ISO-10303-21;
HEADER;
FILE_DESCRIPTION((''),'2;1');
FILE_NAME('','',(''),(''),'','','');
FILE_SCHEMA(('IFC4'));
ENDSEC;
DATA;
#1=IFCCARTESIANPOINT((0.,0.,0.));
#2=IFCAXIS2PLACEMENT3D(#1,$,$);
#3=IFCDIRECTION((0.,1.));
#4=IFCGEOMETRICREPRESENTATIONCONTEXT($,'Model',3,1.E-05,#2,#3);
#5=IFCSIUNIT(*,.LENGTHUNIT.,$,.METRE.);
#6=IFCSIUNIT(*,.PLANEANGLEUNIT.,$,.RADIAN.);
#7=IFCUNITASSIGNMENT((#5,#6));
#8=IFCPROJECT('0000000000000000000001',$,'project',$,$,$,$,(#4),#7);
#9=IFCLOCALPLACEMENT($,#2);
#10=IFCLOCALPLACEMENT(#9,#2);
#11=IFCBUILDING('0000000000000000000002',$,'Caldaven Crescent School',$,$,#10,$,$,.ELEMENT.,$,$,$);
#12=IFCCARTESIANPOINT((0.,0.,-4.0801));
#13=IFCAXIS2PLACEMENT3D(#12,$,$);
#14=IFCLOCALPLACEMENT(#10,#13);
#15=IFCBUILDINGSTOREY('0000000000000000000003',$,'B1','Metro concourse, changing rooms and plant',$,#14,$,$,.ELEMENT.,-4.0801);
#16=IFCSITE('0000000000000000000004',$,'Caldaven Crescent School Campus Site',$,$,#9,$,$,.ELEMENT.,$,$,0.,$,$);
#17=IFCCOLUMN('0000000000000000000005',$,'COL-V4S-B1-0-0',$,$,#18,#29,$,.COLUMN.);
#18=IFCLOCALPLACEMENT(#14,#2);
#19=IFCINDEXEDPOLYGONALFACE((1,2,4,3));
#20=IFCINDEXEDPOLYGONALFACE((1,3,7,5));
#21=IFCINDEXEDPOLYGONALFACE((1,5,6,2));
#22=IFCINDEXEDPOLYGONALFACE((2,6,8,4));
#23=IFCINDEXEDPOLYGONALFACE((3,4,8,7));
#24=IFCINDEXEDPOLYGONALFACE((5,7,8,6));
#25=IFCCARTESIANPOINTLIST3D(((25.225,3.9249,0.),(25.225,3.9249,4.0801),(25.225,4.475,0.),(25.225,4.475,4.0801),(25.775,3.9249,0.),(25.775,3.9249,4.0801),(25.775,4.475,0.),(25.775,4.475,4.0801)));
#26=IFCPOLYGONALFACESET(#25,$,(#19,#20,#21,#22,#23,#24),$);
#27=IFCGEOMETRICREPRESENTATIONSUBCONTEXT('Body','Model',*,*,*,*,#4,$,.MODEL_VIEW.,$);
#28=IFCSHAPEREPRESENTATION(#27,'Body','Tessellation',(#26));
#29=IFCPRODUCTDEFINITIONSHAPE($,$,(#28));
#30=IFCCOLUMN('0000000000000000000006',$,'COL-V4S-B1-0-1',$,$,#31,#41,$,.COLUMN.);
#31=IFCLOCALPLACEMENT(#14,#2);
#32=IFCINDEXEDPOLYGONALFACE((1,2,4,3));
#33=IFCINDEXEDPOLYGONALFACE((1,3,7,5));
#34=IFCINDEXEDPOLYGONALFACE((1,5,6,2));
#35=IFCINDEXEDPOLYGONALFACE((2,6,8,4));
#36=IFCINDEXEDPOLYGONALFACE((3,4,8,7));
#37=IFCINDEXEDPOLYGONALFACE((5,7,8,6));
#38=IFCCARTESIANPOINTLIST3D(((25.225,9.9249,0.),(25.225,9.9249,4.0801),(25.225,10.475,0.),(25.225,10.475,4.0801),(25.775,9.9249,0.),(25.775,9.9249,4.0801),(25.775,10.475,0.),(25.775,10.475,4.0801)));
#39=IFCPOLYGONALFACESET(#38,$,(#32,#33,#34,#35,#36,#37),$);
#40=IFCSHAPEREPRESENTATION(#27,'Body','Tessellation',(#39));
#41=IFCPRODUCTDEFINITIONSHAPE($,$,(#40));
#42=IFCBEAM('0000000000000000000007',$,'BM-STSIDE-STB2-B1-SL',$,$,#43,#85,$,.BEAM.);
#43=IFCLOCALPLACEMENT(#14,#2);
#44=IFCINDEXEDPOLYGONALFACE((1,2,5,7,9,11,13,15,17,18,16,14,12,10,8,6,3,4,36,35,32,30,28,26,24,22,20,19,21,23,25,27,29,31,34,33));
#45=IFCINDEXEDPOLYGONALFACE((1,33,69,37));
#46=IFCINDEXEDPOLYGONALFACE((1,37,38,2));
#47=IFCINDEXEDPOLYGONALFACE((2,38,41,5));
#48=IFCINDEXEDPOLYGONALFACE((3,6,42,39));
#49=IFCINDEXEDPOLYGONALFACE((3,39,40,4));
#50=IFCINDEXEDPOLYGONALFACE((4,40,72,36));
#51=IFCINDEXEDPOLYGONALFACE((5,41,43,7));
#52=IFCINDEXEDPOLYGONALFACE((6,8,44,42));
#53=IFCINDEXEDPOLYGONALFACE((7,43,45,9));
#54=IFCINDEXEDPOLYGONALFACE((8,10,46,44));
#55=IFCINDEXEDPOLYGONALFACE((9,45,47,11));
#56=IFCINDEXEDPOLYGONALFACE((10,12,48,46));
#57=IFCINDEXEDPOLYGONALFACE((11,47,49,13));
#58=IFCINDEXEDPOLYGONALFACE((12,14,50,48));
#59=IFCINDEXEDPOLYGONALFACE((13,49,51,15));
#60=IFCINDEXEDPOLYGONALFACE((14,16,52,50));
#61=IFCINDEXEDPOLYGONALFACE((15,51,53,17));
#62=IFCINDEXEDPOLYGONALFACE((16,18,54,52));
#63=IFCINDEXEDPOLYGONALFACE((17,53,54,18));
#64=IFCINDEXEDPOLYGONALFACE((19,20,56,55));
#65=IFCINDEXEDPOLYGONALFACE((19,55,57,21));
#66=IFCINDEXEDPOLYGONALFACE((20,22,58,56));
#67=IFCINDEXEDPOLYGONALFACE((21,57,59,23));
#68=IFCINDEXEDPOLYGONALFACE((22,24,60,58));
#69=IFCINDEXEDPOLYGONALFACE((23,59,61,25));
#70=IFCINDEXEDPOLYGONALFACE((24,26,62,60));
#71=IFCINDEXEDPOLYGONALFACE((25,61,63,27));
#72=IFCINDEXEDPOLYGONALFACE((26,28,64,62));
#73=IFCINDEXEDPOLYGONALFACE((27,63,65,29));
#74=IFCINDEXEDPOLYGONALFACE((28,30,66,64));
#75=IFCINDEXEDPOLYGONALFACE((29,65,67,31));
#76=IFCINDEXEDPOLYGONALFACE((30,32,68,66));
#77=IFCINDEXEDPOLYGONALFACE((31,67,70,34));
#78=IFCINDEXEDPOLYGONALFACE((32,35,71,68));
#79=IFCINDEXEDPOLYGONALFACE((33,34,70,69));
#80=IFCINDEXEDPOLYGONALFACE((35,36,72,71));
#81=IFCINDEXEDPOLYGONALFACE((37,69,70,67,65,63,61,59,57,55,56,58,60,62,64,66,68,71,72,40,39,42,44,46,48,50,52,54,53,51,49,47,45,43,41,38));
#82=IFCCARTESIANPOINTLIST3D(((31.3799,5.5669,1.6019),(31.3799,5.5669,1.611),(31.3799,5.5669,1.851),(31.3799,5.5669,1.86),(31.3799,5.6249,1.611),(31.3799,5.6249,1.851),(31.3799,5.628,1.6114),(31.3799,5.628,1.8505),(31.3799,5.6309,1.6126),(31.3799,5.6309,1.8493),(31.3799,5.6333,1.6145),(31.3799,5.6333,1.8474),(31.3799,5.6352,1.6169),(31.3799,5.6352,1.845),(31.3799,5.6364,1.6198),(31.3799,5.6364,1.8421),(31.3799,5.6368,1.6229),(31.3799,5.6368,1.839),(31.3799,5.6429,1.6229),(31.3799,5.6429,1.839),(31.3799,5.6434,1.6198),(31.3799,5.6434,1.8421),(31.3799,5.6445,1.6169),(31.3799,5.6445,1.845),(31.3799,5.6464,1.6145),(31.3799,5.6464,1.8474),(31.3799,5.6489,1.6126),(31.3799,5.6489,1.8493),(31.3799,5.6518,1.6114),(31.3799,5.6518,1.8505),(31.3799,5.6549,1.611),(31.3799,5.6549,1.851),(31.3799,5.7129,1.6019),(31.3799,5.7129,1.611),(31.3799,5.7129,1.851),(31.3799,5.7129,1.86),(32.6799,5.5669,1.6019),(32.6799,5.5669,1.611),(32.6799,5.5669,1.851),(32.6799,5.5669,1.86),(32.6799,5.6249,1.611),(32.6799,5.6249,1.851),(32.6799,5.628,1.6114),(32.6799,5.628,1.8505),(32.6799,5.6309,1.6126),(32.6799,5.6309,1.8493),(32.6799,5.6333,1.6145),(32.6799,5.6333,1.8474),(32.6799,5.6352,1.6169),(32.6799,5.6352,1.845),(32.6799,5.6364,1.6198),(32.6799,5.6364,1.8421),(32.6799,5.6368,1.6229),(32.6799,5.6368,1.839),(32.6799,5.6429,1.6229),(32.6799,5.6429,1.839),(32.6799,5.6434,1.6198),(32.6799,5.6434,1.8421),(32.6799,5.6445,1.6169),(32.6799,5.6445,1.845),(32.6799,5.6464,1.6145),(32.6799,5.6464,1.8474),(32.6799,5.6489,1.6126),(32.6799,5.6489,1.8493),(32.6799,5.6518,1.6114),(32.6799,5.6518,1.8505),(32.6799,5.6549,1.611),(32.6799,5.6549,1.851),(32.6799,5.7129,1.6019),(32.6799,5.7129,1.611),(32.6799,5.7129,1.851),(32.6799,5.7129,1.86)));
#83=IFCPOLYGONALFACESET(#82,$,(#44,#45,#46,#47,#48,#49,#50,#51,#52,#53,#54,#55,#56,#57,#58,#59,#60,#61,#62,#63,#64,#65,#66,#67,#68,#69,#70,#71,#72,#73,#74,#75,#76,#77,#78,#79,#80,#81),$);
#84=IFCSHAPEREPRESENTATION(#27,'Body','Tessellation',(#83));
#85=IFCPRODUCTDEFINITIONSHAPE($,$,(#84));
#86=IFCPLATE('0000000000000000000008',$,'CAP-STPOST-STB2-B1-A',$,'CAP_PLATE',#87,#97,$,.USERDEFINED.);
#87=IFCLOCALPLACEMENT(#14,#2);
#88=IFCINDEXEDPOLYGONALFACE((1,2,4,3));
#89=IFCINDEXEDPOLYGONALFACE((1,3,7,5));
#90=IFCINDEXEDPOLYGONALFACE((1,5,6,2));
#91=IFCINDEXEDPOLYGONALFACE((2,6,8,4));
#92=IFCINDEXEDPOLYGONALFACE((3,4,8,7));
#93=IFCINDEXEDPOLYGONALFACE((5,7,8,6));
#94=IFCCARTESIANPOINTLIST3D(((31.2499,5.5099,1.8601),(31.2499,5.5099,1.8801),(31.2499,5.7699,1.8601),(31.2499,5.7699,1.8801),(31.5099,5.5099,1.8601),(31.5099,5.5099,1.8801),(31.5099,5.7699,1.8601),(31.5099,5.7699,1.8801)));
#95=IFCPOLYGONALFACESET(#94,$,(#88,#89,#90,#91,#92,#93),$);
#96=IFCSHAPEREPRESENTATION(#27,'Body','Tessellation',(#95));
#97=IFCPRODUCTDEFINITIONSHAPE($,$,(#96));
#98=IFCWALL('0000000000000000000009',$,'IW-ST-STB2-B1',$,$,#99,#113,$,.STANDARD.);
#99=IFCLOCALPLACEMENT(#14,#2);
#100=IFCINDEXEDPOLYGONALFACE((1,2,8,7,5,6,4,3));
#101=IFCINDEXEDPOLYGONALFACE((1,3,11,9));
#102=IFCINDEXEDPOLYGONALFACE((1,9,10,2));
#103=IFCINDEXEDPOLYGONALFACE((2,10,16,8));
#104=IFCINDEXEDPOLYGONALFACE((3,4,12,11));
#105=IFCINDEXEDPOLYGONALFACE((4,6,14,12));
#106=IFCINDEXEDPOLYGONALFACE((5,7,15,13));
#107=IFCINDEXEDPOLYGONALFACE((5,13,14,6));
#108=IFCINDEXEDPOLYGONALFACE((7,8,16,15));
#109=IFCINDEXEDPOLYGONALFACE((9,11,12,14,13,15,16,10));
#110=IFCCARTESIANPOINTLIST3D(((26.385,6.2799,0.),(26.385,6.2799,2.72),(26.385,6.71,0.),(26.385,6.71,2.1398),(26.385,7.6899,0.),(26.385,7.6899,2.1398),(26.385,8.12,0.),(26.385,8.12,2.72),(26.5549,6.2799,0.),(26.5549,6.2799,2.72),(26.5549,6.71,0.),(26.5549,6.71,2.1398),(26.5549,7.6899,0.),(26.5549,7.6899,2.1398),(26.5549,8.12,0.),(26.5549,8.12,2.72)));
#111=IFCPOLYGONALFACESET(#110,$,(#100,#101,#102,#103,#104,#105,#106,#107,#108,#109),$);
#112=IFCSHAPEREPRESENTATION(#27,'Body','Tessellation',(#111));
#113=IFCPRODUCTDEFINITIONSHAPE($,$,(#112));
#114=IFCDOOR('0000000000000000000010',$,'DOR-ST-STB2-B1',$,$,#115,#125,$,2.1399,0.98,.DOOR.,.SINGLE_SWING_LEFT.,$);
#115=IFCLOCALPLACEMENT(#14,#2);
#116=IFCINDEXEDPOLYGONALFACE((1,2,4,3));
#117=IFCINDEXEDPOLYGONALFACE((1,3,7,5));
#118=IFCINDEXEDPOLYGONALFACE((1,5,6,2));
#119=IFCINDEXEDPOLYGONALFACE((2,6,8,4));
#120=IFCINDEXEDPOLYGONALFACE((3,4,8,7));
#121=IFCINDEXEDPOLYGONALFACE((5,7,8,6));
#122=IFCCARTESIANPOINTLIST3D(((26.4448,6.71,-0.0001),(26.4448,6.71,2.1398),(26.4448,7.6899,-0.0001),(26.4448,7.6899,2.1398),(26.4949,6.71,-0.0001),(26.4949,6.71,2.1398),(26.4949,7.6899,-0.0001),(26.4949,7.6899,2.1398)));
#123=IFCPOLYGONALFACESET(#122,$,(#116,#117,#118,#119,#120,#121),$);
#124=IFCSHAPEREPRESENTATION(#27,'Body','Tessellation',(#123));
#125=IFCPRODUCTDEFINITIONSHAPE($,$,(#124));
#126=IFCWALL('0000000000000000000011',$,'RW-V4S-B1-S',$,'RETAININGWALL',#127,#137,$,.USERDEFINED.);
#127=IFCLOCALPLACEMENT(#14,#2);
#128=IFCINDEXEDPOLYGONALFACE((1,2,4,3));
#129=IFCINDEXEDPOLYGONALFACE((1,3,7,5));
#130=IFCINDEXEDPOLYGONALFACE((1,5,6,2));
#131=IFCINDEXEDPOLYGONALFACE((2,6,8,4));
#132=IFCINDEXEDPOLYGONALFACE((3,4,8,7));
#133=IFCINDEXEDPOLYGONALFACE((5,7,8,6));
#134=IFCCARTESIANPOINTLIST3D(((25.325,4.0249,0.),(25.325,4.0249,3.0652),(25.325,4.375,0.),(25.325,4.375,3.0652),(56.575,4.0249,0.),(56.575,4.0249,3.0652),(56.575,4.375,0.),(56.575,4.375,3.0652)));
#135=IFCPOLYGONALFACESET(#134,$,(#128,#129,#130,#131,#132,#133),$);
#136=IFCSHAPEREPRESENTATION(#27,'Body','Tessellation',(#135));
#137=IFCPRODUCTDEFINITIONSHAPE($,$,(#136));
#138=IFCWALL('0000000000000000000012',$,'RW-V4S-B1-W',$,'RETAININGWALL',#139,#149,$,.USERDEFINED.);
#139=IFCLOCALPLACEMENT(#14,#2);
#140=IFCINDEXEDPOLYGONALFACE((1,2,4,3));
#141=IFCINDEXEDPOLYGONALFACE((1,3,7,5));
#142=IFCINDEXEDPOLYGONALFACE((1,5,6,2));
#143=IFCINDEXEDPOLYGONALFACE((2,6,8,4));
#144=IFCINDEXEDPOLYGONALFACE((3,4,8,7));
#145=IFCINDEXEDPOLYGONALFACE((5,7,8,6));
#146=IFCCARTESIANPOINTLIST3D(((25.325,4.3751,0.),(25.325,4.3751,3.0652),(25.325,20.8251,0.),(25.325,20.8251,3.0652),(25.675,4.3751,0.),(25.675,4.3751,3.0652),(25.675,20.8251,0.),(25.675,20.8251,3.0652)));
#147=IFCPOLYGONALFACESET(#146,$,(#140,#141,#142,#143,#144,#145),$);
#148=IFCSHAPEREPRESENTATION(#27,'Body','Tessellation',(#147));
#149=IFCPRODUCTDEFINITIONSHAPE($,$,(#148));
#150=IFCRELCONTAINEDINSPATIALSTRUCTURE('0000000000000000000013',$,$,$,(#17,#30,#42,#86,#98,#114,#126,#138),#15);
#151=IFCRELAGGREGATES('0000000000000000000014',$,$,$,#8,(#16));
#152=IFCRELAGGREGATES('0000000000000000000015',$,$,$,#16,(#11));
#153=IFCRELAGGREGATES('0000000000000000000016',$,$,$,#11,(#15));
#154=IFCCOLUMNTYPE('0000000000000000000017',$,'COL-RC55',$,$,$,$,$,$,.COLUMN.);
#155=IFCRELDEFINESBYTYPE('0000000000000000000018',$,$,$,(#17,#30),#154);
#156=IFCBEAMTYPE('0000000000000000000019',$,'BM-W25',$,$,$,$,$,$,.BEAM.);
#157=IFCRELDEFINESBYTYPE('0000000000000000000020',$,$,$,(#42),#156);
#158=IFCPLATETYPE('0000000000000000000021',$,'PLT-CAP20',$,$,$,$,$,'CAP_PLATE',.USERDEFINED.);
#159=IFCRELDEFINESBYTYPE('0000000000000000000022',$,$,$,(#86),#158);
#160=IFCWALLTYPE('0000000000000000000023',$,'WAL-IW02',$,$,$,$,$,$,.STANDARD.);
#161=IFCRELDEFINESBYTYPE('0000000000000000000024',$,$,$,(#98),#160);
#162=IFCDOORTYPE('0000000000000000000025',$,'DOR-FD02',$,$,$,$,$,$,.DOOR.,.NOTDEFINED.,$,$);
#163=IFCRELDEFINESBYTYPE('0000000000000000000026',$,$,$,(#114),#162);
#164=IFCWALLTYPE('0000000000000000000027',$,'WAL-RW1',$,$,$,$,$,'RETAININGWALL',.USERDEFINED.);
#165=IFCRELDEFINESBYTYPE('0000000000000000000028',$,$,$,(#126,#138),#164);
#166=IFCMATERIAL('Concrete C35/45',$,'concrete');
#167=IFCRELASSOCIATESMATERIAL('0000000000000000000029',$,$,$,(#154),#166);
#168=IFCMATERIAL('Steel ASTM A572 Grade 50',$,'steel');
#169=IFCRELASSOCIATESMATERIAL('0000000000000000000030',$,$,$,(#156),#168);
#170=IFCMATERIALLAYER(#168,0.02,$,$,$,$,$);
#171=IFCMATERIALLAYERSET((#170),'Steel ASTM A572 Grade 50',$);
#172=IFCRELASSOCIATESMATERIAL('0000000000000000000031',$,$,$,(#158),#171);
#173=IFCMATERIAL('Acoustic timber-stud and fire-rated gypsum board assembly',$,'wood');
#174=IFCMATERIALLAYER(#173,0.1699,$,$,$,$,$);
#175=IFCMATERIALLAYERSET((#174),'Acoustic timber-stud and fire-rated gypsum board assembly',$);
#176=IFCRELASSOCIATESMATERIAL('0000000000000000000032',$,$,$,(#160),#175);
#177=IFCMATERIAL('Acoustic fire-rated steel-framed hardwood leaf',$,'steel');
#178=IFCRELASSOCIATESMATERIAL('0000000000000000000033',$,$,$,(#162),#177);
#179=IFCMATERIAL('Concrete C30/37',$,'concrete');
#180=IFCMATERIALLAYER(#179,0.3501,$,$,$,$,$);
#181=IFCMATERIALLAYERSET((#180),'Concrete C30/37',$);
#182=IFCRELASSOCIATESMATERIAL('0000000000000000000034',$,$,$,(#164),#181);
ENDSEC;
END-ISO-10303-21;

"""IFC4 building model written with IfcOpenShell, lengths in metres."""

from ifc_helpers import new_model, si_unit, direction, frame, frame_2d, origin, origin_2d, place, context, subcontext, project, spatial, rectangle, i_section, extrude, material, layer, layer_set, material_profile, profile_set, type_object, element, fill, save


model = new_model("IFC4")

# Units and contexts
model_context = context("Model", 3, precision=1e-05, world=origin(), true_north=direction((0.0, 1.0)))
body_context = subcontext(model_context, "Body", "Model", "MODEL_VIEW")
ifc_project = project(units=[si_unit("LENGTHUNIT", "METRE"), si_unit("PLANEANGLEUNIT", "RADIAN")], contexts=[model_context])

# Site, building, storey
site_placement = place(None, origin())
site = spatial("IfcSite", under=ifc_project, at=site_placement, Name="Caldaven Crescent School Campus Site", CompositionType="ELEMENT", RefElevation=0.0)
building_placement = place(site_placement, origin())
building = spatial("IfcBuilding", under=site, at=building_placement, Name="Caldaven Crescent School", CompositionType="ELEMENT")
storey_placement = place(building_placement, frame((0.0, 0.0, -4.0801)))
storey = spatial("IfcBuildingStorey", under=building, at=storey_placement, Name="B1", Description="Metro concourse, changing rooms and plant", CompositionType="ELEMENT", Elevation=-4.0801)

# Shared definitions
ifc_material_1 = material(Name="Concrete C30/37", Category="concrete")
ifc_material_2 = material(Name="Concrete C35/45", Category="concrete")

# Columns
ifc_material_3 = material(Name="Steel ASTM A572 Grade 50", Category="steel")
ifc_material_profile_1 = material_profile(ifc_material_2, rectangle(XDim=0.55, YDim=0.55, at=origin_2d()), Name="RC 550x550")
ifc_profile_set_1 = profile_set([ifc_material_profile_1], Name="Concrete C35/45")
column_type_1 = type_object("IfcColumnType", Name="COL-RC55", PredefinedType="COLUMN", material=ifc_profile_set_1)
for number, where, z_axis, x_axis, name in (
    (1, (25.5, 4.2, 0.0), (0.0, 0.0, 1.0), (1.0, 0.0, 0.0), "COL-V4S-B1-0-0"),
    (2, (25.5, 10.2, 0.0), (0.0, 0.0, 1.0), (1.0, 0.0, 0.0), "COL-V4S-B1-0-1"),
):
    element("IfcColumn", number, at=place(storey_placement, frame(where, z_axis=z_axis, x_axis=x_axis)), inside=storey, type_object=column_type_1, Name=name, PredefinedType="COLUMN", context=body_context, shape_type="SweptSolid", body=[
        extrude(rectangle(XDim=0.55, YDim=0.55, at=origin_2d()), origin(), (0.0, 0.0, 1.0), 4.0801),
    ])

# Beam
ifc_material_profile_2 = material_profile(ifc_material_3, i_section(OverallWidth=0.146, OverallDepth=0.2581, WebThickness=0.0061, FlangeThickness=0.009, FilletRadius=0.012, at=origin_2d()), Name="W250x33")
ifc_profile_set_2 = profile_set([ifc_material_profile_2], Name="Steel ASTM A572 Grade 50")
beam_type = type_object("IfcBeamType", Name="BM-W25", PredefinedType="BEAM", material=ifc_profile_set_2)
beam_placement = place(storey_placement, frame((31.3799, 5.6399, 1.731), z_axis=(1.0, 0.0, 0.0), x_axis=(0.0, 1.0, 0.0)))
element("IfcBeam", 3, at=beam_placement, inside=storey, type_object=beam_type, Name="BM-STSIDE-STB2-B1-SL", PredefinedType="BEAM", context=body_context, shape_type="SweptSolid", body=[
    extrude(i_section(OverallWidth=0.146, OverallDepth=0.2581, WebThickness=0.0061, FlangeThickness=0.009, FilletRadius=0.012, at=origin_2d()), origin(), (0.0, 0.0, 1.0), 1.3),
])

# Plate
ifc_layer_1 = layer(ifc_material_3, 0.02)
ifc_layer_set_1 = layer_set([ifc_layer_1], Name="Steel ASTM A572 Grade 50")
plate_type = type_object("IfcPlateType", Name="PLT-CAP20", ElementType="CAP_PLATE", PredefinedType="USERDEFINED", material=ifc_layer_set_1)
plate_placement = place(storey_placement, frame((31.3799, 5.6399, 1.8601), z_axis=(0.0, 0.0, 1.0), x_axis=(1.0, 0.0, 0.0)))
element("IfcPlate", 4, at=plate_placement, inside=storey, type_object=plate_type, Name="CAP-STPOST-STB2-B1-A", ObjectType="CAP_PLATE", PredefinedType="USERDEFINED", context=body_context, shape_type="SweptSolid", body=[
    extrude(rectangle(XDim=0.26, YDim=0.26, at=origin_2d()), origin(), (0.0, 0.0, 1.0), 0.02),
])

# Wall, opening, door
ifc_material_4 = material(Name="Acoustic timber-stud and fire-rated gypsum board assembly", Category="wood")
ifc_layer_2 = layer(ifc_material_4, 0.1699)
ifc_layer_set_2 = layer_set([ifc_layer_2], Name="Acoustic timber-stud and fire-rated gypsum board assembly")
wall_type_1 = type_object("IfcWallType", Name="WAL-IW02", PredefinedType="STANDARD", material=ifc_layer_set_2)
wall_1_placement = place(storey_placement, frame((26.47, 6.28, 0.0), z_axis=(0.0, 0.0, 1.0), x_axis=(0.0, 1.0, 0.0)))
wall_1 = element("IfcWall", 5, at=wall_1_placement, inside=storey, type_object=wall_type_1, Name="IW-ST-STB2-B1", PredefinedType="STANDARD", context=body_context, shape_type="SweptSolid", body=[
    extrude(rectangle(XDim=1.8401, YDim=0.1699, at=frame_2d((0.9199, 0.0))), origin(), (0.0, 0.0, 1.0), 2.72),
])
opening_placement = place(wall_1_placement, frame((0.4299, 0.0, 0.0)))
opening = element("IfcOpeningElement", 6, at=opening_placement, cuts=wall_1, PredefinedType="OPENING", context=body_context, shape_type="SweptSolid", body=[
    extrude(rectangle(XDim=0.98, YDim=2.1399, at=frame_2d((0.49, 1.0698))), frame((0.0, 0.095, 0.0), z_axis=(0.0, -1.0, 0.0), x_axis=(1.0, 0.0, 0.0)), (0.0, 0.0, 1.0), 0.1899),
])
ifc_material_5 = material(Name="Acoustic fire-rated steel-framed hardwood leaf", Category="steel")
door_type = type_object("IfcDoorType", Name="DOR-FD02", OperationType="NOTDEFINED", PredefinedType="DOOR", material=ifc_material_5)
door_placement = place(opening_placement, frame((0.98, 0.0, 0.0), z_axis=(0.0, 0.0, 1.0), x_axis=(-1.0, 0.0, 0.0)))
door = element("IfcDoor", 7, at=door_placement, inside=storey, type_object=door_type, Name="DOR-ST-STB2-B1", OperationType="SINGLE_SWING_LEFT", OverallHeight=2.1399, OverallWidth=0.98, PredefinedType="DOOR", context=body_context, shape_type="SweptSolid", body=[
    extrude(rectangle(XDim=0.98, YDim=2.1399, at=frame_2d((0.49, 1.0698))), frame((0.0, 0.0249, 0.0), z_axis=(0.0, -1.0, 0.0), x_axis=(1.0, 0.0, 0.0)), (0.0, 0.0, 1.0), 0.05),
])
fill(opening, door)

# Walls
ifc_layer_3 = layer(ifc_material_1, 0.3501)
ifc_layer_set_3 = layer_set([ifc_layer_3], Name="Concrete C30/37")
wall_type_2 = type_object("IfcWallType", Name="WAL-RW1", ElementType="RETAININGWALL", PredefinedType="USERDEFINED", material=ifc_layer_set_3)
wall_2_placement = place(storey_placement, frame((25.325, 4.2, 0.0), z_axis=(0.0, 0.0, 1.0), x_axis=(1.0, 0.0, 0.0)))
element("IfcWall", 8, at=wall_2_placement, inside=storey, type_object=wall_type_2, Name="RW-V4S-B1-S", ObjectType="RETAININGWALL", PredefinedType="USERDEFINED", context=body_context, shape_type="SweptSolid", body=[
    extrude(rectangle(XDim=31.25, YDim=0.3501, at=frame_2d((15.625, 0.0))), origin(), (0.0, 0.0, 1.0), 3.0652),
])
wall_3_placement = place(storey_placement, frame((25.5, 4.375, 0.0), z_axis=(0.0, 0.0, 1.0), x_axis=(0.0, 1.0, 0.0)))
element("IfcWall", 9, at=wall_3_placement, inside=storey, type_object=wall_type_2, Name="RW-V4S-B1-W", ObjectType="RETAININGWALL", PredefinedType="USERDEFINED", context=body_context, shape_type="SweptSolid", body=[
    extrude(rectangle(XDim=16.45, YDim=0.3501, at=frame_2d((8.2251, 0.0))), origin(), (0.0, 0.0, 1.0), 3.0652),
])

save(model, "model.ifc")
